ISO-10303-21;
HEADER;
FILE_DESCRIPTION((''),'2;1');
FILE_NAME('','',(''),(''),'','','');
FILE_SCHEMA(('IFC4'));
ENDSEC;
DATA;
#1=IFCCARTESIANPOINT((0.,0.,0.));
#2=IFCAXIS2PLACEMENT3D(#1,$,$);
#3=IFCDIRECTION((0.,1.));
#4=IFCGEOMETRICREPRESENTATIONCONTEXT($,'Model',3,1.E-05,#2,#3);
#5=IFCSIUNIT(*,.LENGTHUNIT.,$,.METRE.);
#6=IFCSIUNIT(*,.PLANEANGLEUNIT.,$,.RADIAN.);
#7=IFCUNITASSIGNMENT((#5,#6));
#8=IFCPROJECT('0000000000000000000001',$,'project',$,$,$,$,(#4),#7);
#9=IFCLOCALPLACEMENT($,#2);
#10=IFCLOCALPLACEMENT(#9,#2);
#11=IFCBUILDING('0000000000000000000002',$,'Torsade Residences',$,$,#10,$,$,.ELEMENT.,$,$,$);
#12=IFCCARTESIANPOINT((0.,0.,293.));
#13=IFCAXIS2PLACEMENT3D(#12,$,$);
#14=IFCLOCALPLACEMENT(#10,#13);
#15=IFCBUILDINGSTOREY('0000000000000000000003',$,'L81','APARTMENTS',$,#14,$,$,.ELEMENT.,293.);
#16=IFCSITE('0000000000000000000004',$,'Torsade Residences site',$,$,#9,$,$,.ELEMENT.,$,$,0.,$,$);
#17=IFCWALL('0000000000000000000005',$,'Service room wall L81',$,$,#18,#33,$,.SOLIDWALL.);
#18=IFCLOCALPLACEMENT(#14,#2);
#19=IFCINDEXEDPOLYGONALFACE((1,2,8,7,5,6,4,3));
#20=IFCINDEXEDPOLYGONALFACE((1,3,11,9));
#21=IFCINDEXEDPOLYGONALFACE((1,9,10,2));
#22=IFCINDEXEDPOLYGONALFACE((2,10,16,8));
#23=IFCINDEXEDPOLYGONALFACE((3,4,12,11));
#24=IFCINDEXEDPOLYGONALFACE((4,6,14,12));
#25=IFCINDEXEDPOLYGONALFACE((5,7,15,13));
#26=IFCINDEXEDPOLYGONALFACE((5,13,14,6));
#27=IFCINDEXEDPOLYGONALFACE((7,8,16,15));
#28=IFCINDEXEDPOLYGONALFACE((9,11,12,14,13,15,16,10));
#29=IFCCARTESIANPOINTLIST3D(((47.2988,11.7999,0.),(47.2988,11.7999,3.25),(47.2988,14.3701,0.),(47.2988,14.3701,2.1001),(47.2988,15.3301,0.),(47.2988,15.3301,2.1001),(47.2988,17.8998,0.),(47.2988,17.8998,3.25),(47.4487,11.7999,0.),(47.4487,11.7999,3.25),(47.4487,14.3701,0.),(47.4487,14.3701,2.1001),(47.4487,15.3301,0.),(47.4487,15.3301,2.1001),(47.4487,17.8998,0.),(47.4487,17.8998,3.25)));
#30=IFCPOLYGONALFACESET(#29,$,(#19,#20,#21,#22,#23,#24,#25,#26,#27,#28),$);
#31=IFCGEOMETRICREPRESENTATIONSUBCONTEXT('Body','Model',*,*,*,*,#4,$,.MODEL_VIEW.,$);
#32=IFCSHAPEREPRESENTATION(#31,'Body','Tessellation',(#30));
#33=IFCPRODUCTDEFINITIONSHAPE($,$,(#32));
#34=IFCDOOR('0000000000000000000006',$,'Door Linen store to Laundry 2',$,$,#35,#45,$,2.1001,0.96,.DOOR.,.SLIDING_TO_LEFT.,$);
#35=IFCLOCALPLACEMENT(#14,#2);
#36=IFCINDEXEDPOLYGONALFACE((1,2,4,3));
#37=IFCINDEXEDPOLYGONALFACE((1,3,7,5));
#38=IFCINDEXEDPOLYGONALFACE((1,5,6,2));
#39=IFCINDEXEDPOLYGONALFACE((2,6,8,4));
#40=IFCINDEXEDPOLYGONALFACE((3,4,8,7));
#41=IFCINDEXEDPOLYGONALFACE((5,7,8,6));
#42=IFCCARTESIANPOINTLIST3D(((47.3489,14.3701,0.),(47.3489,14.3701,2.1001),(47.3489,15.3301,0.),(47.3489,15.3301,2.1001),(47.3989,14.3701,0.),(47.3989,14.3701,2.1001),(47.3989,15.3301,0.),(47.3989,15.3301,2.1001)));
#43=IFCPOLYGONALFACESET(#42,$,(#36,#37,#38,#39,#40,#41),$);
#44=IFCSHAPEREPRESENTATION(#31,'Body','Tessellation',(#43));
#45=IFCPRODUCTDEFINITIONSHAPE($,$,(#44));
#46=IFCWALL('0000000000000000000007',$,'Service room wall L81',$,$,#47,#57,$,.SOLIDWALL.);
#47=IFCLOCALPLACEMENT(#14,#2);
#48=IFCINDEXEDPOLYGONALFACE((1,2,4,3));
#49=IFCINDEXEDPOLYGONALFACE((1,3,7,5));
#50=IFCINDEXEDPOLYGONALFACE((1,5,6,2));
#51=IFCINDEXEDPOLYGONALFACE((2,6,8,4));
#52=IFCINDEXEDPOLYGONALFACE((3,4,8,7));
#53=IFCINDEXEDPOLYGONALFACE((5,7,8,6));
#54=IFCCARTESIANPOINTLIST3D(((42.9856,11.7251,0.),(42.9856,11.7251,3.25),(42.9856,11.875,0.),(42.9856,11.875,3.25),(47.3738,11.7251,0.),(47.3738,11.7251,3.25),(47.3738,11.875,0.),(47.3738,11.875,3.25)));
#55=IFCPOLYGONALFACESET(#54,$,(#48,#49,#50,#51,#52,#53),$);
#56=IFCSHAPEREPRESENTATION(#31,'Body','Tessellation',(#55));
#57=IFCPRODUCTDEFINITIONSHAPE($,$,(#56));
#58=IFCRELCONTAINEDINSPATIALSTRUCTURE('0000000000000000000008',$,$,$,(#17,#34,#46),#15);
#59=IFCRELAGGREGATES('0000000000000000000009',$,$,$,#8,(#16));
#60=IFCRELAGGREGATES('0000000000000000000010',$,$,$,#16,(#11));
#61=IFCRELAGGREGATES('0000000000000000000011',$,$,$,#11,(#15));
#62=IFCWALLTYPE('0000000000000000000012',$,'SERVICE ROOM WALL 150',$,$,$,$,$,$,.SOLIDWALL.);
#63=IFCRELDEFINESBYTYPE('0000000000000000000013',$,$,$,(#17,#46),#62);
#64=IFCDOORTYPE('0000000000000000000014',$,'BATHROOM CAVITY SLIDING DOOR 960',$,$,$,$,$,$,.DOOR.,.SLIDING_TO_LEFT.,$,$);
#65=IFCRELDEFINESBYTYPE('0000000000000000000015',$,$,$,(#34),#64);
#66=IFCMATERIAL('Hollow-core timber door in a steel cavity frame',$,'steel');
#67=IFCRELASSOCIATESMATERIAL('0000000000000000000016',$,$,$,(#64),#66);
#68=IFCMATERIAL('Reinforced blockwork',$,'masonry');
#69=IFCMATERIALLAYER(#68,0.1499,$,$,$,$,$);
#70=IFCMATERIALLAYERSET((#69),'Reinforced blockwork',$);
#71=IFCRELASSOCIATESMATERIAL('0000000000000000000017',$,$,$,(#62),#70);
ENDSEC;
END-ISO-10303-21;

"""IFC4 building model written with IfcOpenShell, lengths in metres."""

from ifc_helpers import new_model, si_unit, direction, frame, frame_2d, origin, place, context, subcontext, project, spatial, rectangle, extrude, material, layer, layer_set, type_object, element, fill, save


model = new_model("IFC4")

# Units and contexts
model_context = context("Model", 3, precision=1e-05, world=origin(), true_north=direction((0.0, 1.0)))
body_context = subcontext(model_context, "Body", "Model", "MODEL_VIEW")
ifc_project = project(units=[si_unit("LENGTHUNIT", "METRE"), si_unit("PLANEANGLEUNIT", "RADIAN")], contexts=[model_context])

# Site, building, storey
site_placement = place(None, origin())
site = spatial("IfcSite", under=ifc_project, at=site_placement, Name="Torsade Residences site", CompositionType="ELEMENT", RefElevation=0.0)
building_placement = place(site_placement, origin())
building = spatial("IfcBuilding", under=site, at=building_placement, Name="Torsade Residences", CompositionType="ELEMENT")
storey_placement = place(building_placement, frame((0.0, 0.0, 293.0)))
storey = spatial("IfcBuildingStorey", under=building, at=storey_placement, Name="L81", Description="APARTMENTS", CompositionType="ELEMENT", Elevation=293.0)

# Shared definitions
ifc_material_1 = material(Name="Hollow-core timber door in a steel cavity frame", Category="steel")
door_type = type_object("IfcDoorType", Name="BATHROOM CAVITY SLIDING DOOR 960", OperationType="SLIDING_TO_LEFT", PredefinedType="DOOR", material=ifc_material_1)

# Wall, opening, door
ifc_material_2 = material(Name="Reinforced blockwork", Category="masonry")
ifc_layer_1 = layer(ifc_material_2, 0.1499)
ifc_layer_set_1 = layer_set([ifc_layer_1], Name="Reinforced blockwork")
wall_type_1 = type_object("IfcWallType", Name="SERVICE ROOM WALL 150", PredefinedType="SOLIDWALL", material=ifc_layer_set_1)
wall_1_placement = place(storey_placement, frame((47.3738, 11.8, 0.0), z_axis=(0.0, 0.0, 1.0), x_axis=(0.0, 1.0, 0.0)))
wall_1 = element("IfcWall", 1, at=wall_1_placement, inside=storey, type_object=wall_type_1, Name="Service room wall L81", PredefinedType="SOLIDWALL", context=body_context, shape_type="SweptSolid", body=[
    extrude(rectangle(XDim=6.0999, YDim=0.1499, at=frame_2d((3.0498, 0.0))), origin(), (0.0, 0.0, 1.0), 3.25),
])
opening_1_placement = place(wall_1_placement, frame((2.5701, 0.0, 0.0)))
opening_1 = element("IfcOpeningElement", 2, at=opening_1_placement, cuts=wall_1, PredefinedType="OPENING", context=body_context, shape_type="SweptSolid", body=[
    extrude(rectangle(XDim=0.96, YDim=2.1001, at=frame_2d((0.48, 1.05))), frame((0.0, 0.085, 0.0), z_axis=(0.0, -1.0, 0.0), x_axis=(1.0, 0.0, 0.0)), (0.0, 0.0, 1.0), 0.1699),
])
door_1_placement = place(opening_1_placement, origin())
door_1 = element("IfcDoor", 3, at=door_1_placement, inside=storey, type_object=door_type, Name="Door Linen store to Laundry 2", OperationType="SLIDING_TO_LEFT", OverallHeight=2.1001, OverallWidth=0.96, PredefinedType="DOOR", context=body_context, shape_type="SweptSolid", body=[
    extrude(rectangle(XDim=0.96, YDim=2.1001, at=frame_2d((0.48, 1.05))), frame((0.0, 0.0249, 0.0), z_axis=(0.0, -1.0, 0.0), x_axis=(1.0, 0.0, 0.0)), (0.0, 0.0, 1.0), 0.05),
])
fill(opening_1, door_1)

# Wall
wall_2_placement = place(storey_placement, frame((47.3738, 11.8, 0.0), z_axis=(0.0, 0.0, 1.0), x_axis=(-1.0, 0.0, 0.0)))
element("IfcWall", 4, at=wall_2_placement, inside=storey, type_object=wall_type_1, Name="Service room wall L81", PredefinedType="SOLIDWALL", context=body_context, shape_type="SweptSolid", body=[
    extrude(rectangle(XDim=4.3882, YDim=0.1499, at=frame_2d((2.1941, 0.0))), origin(), (0.0, 0.0, 1.0), 3.25),
])

save(model, "model.ifc")
